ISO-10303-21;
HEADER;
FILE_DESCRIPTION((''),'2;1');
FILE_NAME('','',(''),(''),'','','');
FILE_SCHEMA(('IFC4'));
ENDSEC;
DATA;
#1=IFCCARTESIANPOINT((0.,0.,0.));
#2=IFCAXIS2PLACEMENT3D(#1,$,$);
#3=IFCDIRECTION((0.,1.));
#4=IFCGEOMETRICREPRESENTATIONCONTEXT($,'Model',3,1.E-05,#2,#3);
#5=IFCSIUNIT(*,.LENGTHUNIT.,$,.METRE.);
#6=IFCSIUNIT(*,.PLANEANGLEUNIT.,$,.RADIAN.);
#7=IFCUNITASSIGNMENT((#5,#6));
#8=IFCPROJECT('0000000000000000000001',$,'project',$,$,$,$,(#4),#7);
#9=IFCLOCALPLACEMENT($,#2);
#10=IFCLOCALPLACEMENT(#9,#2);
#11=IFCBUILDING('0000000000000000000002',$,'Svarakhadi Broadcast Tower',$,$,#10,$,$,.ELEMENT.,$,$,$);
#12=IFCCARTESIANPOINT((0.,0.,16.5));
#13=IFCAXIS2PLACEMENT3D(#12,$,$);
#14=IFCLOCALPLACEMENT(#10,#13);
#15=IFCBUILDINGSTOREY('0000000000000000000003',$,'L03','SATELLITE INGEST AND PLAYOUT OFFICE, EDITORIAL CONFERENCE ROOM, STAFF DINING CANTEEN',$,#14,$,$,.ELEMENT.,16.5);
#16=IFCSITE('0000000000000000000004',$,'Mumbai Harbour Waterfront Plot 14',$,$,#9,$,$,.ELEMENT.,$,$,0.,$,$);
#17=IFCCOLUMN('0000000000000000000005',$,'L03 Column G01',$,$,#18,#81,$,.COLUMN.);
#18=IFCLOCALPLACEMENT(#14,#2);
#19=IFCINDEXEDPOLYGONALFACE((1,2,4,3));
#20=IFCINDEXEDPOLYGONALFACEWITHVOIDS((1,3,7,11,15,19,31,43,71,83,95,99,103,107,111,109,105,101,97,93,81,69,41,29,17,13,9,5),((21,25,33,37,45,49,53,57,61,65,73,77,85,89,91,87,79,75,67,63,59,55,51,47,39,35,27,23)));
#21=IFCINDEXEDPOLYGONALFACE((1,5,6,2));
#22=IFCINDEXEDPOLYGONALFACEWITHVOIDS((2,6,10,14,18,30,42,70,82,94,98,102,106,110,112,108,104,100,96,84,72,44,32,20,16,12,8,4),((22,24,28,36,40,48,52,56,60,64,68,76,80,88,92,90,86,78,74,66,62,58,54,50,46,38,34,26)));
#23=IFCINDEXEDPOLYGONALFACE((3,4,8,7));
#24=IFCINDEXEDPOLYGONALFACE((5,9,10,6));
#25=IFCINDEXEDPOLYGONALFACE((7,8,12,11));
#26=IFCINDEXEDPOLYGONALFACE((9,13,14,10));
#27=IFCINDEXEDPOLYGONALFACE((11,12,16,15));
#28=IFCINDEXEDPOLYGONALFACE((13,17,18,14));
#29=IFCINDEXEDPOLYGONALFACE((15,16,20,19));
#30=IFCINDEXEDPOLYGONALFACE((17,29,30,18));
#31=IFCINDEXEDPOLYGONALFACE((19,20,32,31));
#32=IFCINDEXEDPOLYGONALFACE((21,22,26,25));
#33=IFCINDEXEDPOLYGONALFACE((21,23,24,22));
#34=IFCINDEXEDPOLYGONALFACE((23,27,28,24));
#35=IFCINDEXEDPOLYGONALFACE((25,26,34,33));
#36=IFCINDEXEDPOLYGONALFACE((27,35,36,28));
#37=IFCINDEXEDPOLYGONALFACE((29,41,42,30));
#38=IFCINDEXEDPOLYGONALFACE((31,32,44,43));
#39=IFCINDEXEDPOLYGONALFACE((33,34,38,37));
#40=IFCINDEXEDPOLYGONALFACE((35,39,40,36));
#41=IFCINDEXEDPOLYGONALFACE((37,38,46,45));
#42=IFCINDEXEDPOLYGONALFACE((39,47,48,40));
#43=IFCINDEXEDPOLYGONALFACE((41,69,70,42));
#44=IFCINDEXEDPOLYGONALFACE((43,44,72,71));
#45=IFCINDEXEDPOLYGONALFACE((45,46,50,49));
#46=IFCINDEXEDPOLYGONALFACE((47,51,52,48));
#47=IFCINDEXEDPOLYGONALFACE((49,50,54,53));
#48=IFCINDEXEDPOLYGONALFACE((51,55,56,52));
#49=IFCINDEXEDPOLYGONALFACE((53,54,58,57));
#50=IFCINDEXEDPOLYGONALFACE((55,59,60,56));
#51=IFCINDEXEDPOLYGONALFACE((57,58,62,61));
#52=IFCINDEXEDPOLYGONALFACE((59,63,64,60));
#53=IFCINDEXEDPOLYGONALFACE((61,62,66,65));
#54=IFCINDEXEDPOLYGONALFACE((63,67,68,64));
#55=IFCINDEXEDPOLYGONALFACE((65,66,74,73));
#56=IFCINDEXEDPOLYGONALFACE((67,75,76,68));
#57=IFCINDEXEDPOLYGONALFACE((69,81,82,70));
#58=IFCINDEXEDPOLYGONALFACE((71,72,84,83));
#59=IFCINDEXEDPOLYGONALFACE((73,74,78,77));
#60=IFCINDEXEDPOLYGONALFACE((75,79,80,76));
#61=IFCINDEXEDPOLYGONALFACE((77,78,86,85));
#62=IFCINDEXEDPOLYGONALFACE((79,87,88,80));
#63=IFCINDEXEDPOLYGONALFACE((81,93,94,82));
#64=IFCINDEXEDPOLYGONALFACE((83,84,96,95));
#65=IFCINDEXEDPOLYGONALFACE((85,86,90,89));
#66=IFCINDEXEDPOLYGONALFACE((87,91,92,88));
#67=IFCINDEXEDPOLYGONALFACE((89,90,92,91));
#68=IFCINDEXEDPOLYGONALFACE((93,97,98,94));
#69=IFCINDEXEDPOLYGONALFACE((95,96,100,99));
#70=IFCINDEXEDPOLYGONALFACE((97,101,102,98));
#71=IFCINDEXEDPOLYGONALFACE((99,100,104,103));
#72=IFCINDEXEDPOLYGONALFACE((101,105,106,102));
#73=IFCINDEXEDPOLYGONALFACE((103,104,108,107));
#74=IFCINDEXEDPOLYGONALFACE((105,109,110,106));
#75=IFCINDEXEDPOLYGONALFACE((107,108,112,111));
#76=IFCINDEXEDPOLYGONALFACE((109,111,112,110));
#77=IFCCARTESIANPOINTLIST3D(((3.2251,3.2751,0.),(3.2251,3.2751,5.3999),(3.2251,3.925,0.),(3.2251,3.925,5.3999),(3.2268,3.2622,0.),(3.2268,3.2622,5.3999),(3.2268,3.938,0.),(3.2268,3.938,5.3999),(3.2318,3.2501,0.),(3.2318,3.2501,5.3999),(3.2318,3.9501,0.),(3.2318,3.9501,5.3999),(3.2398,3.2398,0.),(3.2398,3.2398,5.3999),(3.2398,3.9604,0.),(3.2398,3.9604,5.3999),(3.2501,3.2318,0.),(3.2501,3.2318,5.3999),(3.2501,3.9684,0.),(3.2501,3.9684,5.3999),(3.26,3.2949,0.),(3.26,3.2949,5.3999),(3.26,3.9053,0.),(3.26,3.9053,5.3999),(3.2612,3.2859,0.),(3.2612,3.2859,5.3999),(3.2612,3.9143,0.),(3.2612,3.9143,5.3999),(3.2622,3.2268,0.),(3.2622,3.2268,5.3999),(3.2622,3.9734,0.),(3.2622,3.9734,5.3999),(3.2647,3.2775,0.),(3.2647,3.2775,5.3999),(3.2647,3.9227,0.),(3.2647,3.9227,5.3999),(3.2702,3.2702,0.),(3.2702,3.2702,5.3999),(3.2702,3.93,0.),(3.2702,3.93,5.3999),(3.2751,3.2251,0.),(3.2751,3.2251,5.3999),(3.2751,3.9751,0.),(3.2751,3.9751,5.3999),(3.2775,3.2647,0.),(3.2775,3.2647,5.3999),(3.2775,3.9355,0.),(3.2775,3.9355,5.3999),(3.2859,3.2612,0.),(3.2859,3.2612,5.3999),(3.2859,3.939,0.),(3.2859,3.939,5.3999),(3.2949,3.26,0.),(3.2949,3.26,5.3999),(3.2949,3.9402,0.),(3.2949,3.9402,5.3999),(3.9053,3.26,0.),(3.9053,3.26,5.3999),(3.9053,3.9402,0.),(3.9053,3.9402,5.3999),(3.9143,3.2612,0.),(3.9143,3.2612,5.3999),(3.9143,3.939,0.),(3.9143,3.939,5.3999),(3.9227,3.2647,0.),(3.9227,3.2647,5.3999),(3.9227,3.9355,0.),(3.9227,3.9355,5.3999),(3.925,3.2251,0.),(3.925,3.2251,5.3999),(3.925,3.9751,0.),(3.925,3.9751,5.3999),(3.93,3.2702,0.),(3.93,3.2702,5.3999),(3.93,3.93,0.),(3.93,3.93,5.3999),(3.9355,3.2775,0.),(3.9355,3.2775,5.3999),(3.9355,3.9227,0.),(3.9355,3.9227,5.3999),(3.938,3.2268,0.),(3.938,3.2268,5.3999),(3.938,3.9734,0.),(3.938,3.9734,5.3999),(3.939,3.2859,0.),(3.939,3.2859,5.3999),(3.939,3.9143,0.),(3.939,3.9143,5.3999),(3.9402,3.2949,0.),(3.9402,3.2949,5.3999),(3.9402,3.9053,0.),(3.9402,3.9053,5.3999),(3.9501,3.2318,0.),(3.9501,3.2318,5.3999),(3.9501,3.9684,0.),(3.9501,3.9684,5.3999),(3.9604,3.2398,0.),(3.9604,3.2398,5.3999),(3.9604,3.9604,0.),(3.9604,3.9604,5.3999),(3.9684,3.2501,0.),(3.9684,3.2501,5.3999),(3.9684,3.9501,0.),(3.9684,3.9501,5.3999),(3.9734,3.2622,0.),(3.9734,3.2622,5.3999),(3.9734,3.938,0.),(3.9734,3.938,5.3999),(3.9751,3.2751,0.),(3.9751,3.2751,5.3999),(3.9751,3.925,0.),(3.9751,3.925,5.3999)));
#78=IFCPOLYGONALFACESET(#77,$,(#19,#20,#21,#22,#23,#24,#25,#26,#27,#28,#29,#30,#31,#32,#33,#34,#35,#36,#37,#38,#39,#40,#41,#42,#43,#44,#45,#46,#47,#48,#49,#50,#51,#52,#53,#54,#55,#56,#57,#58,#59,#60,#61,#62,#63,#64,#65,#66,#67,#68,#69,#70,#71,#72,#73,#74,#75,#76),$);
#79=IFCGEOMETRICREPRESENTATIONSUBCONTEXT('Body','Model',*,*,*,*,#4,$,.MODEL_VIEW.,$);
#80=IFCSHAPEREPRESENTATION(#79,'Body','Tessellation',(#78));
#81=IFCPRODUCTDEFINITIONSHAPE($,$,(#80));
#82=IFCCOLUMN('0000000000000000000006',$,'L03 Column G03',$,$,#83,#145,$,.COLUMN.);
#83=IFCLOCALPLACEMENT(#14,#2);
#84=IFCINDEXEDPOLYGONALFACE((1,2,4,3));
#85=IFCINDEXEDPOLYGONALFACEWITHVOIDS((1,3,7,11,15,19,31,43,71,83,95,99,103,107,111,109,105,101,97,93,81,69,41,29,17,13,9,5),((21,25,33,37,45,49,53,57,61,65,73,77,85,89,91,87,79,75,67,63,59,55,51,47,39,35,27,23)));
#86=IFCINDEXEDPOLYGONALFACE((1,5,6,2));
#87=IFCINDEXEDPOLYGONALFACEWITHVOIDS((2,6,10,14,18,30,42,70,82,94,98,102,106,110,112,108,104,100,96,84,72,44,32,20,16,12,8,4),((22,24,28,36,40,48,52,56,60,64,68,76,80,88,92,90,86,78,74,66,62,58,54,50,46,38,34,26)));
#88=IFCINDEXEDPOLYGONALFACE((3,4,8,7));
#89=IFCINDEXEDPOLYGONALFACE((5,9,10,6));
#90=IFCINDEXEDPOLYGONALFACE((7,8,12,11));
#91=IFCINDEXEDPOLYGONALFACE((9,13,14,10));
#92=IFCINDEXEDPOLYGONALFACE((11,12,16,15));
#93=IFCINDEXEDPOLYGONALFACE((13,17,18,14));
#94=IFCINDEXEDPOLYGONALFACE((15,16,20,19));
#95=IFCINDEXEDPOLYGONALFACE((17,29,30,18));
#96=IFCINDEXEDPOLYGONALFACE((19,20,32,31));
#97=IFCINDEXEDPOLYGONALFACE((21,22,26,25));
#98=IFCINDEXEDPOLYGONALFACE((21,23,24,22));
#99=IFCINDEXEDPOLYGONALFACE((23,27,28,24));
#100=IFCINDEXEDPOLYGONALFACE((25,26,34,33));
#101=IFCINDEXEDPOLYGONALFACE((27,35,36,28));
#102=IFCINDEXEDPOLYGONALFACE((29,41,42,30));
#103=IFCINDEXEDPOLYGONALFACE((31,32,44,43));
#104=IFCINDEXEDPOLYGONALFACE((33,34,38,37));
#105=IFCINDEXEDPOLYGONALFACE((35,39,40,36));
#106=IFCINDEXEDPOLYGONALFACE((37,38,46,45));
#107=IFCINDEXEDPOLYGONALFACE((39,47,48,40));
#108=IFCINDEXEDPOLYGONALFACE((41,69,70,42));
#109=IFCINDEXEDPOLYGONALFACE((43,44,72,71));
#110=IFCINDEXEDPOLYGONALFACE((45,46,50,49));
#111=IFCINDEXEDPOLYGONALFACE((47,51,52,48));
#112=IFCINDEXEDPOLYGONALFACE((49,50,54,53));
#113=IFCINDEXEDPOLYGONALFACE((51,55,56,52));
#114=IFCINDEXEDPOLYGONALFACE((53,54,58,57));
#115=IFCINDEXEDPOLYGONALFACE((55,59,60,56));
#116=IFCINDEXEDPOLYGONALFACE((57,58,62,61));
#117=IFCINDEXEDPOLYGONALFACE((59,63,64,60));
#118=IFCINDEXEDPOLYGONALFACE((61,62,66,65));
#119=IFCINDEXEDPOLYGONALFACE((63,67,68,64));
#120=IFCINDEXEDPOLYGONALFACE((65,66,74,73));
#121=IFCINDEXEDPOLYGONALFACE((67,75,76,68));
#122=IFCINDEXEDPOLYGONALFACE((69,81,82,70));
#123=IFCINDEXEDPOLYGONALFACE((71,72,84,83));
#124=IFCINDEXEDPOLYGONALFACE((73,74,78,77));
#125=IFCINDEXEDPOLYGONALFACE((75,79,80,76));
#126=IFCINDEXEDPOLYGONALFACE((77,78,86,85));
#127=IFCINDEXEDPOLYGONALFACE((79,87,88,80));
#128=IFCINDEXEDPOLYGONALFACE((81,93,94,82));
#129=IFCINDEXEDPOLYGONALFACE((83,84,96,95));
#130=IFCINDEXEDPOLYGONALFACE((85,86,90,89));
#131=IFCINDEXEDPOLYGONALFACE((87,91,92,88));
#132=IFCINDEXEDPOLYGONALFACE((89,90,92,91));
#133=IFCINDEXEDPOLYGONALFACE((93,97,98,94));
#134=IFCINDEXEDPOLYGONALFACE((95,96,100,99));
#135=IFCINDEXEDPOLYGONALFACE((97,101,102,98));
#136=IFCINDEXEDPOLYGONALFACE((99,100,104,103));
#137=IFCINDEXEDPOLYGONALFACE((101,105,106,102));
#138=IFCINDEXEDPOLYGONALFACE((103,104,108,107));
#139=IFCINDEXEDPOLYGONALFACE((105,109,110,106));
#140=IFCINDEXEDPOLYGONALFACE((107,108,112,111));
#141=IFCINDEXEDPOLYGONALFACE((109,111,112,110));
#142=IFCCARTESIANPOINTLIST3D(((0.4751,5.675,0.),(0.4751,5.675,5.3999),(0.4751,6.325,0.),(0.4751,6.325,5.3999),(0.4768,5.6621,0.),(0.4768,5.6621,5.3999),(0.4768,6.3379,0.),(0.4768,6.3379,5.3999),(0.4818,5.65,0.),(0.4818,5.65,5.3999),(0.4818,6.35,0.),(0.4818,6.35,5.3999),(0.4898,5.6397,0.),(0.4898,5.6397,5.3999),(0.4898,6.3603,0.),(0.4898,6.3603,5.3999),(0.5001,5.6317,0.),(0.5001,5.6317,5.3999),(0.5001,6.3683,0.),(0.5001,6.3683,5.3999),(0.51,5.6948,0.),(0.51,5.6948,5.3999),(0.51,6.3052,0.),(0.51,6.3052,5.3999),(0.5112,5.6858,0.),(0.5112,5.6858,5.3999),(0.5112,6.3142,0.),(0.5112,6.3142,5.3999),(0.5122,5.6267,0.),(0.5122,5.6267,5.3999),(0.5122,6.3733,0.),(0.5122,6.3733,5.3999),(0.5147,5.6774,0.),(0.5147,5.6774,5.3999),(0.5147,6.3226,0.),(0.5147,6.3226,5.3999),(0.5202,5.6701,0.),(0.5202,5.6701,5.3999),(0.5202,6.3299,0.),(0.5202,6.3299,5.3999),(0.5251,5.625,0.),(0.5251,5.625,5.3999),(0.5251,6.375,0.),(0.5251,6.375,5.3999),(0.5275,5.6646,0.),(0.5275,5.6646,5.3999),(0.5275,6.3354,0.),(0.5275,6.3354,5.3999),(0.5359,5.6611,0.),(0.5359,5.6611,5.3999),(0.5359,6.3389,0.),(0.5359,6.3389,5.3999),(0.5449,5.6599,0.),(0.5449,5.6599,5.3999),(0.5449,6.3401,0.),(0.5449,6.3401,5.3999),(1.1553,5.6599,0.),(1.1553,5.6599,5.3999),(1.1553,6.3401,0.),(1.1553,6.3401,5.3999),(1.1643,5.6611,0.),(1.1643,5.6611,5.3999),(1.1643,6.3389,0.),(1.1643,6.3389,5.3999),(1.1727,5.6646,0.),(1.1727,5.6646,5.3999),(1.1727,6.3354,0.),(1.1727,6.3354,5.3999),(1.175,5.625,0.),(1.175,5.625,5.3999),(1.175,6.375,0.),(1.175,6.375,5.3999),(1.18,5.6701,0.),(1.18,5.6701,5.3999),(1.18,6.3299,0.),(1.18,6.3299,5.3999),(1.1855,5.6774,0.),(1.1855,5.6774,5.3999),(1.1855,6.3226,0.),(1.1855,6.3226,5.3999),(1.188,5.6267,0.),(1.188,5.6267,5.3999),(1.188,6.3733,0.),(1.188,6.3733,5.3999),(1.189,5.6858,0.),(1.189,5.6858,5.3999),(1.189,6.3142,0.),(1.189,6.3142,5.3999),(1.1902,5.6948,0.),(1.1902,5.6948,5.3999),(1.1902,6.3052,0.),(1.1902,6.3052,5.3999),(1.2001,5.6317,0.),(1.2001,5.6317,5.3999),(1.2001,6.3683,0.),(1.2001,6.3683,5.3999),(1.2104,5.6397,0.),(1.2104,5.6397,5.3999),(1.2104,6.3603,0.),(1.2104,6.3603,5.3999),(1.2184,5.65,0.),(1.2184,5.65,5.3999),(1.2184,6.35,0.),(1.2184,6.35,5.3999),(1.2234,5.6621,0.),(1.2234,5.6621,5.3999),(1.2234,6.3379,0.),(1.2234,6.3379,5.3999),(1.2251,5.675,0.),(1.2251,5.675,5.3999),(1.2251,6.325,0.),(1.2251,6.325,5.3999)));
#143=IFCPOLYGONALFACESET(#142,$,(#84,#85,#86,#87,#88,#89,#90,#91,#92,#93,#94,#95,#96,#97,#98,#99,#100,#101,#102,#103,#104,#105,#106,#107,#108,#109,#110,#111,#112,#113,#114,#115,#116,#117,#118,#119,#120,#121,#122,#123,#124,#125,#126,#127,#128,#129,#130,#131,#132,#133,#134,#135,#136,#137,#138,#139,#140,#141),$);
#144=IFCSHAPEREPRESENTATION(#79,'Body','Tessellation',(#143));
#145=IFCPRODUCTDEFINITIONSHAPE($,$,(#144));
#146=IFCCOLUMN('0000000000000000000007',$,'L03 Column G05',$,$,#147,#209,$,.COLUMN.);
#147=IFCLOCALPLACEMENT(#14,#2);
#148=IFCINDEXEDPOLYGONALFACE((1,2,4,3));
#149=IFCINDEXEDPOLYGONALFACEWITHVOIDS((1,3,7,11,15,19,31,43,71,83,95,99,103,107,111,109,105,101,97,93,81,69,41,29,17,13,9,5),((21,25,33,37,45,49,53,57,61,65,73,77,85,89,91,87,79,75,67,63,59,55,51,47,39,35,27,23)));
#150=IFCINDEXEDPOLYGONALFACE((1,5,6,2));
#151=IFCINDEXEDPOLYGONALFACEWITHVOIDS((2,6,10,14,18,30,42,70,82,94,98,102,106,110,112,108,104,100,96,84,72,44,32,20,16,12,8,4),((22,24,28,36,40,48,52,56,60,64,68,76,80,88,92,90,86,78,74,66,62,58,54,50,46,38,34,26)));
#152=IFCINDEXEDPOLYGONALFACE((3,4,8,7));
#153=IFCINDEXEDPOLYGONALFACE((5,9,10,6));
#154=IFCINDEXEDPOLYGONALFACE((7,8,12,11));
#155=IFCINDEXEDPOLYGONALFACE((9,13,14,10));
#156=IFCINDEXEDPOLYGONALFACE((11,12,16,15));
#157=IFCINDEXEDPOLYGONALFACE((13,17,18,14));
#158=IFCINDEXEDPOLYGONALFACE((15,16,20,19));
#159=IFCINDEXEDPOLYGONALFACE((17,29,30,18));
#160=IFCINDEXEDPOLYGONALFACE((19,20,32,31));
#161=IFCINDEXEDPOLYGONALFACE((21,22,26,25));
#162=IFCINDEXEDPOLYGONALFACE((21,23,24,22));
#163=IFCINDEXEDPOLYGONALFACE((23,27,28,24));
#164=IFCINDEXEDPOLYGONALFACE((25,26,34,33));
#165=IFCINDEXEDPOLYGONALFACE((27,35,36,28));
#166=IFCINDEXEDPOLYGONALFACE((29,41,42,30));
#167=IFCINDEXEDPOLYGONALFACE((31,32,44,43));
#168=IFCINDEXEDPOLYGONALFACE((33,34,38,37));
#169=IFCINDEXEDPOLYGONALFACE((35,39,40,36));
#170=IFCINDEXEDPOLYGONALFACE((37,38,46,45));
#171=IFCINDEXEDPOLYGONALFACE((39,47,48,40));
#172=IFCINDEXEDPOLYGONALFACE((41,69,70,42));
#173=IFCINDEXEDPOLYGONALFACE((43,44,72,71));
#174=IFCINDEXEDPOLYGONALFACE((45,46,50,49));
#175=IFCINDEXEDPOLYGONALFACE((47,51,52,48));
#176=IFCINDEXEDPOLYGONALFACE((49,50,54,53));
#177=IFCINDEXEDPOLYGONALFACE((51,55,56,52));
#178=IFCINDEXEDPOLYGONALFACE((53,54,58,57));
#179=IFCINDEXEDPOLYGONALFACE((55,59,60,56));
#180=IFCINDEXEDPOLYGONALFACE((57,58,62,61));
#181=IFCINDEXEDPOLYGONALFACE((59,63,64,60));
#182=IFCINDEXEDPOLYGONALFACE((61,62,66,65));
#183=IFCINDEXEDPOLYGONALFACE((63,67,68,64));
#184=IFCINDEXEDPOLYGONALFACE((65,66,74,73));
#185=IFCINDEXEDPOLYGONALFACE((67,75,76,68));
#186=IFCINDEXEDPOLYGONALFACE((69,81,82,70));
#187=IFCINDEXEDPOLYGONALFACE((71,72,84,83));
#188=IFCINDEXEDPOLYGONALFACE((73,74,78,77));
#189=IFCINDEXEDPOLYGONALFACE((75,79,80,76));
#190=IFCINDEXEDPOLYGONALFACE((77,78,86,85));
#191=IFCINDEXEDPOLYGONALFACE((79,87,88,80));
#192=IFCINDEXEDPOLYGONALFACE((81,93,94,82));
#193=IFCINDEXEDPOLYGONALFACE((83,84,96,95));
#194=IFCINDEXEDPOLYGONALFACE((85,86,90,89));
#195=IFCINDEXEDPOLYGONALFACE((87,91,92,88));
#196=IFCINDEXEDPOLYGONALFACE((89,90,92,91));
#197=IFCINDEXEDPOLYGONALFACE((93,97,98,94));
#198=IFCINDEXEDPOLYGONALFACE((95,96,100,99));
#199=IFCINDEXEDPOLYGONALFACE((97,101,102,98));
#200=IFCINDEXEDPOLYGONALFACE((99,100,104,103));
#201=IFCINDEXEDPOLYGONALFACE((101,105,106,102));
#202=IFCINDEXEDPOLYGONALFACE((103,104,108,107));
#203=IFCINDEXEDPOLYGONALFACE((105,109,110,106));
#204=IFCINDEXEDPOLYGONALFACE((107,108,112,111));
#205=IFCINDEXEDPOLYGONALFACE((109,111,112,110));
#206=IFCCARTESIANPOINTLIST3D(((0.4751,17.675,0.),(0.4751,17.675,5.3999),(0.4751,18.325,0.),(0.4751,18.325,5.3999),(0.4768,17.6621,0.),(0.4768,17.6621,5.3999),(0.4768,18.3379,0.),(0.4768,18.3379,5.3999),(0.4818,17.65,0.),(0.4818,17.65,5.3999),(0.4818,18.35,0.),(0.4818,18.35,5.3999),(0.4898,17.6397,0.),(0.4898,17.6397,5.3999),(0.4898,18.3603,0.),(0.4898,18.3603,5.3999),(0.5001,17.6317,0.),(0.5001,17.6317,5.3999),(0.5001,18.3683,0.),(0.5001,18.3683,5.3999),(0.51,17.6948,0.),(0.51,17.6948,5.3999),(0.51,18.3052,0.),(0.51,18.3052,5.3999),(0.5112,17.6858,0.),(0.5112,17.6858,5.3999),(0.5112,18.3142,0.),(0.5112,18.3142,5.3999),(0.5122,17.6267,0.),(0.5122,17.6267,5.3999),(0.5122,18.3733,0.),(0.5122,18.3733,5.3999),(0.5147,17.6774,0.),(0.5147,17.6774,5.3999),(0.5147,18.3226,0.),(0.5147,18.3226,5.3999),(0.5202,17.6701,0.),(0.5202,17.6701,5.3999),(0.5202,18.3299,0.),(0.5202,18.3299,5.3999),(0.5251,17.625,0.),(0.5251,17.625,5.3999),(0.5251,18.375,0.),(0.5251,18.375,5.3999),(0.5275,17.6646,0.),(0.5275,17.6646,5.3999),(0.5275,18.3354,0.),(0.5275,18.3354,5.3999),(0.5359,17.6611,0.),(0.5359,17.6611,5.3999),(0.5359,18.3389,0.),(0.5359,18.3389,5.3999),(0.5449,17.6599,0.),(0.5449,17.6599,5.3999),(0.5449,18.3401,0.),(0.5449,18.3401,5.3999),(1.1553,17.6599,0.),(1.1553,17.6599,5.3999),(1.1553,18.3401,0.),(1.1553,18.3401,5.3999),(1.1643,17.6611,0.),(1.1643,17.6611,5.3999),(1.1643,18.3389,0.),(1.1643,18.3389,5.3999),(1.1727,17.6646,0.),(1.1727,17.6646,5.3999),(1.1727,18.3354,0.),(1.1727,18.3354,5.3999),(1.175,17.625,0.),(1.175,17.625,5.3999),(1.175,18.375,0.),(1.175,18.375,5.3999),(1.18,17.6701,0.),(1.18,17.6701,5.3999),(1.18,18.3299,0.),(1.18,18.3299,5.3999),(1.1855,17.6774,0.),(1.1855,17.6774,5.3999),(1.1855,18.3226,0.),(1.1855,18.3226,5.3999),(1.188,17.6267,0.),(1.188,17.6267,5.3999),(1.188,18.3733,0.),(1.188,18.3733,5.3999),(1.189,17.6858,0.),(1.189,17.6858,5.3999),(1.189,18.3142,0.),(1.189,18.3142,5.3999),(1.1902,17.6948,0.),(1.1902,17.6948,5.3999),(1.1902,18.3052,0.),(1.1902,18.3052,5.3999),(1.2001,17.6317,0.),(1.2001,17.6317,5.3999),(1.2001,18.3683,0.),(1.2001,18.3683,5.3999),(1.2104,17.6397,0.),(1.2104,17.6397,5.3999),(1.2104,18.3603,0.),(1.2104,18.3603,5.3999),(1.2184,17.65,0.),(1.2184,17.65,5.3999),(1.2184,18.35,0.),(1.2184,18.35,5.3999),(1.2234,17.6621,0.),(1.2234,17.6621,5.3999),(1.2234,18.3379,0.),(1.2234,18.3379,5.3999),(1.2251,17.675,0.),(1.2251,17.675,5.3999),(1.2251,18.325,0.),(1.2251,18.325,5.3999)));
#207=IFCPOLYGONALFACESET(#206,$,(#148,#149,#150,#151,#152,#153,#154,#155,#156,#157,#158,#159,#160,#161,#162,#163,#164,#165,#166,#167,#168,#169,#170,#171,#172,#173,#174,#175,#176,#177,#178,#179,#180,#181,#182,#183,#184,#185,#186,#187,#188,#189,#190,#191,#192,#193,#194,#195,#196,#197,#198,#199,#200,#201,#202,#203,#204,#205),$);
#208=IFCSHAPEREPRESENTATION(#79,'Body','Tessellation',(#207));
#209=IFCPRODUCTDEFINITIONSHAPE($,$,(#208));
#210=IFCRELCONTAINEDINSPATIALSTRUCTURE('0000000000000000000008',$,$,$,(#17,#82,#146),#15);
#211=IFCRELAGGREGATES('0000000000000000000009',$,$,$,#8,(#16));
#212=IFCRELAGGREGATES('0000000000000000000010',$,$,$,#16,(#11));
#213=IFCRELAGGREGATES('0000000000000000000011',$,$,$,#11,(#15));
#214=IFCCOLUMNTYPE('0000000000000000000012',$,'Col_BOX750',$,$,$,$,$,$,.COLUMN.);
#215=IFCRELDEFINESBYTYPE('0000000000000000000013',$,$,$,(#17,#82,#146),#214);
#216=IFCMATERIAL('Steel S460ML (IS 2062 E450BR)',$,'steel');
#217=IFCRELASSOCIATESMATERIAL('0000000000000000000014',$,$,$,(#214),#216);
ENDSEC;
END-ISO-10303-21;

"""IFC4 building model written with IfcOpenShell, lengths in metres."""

from ifc_helpers import new_model, si_unit, direction, frame, origin, origin_2d, place, context, subcontext, project, spatial, hollow_rectangle, extrude, material, material_profile, profile_set, type_object, element, save


model = new_model("IFC4")

# Units and contexts
model_context = context("Model", 3, precision=1e-05, world=origin(), true_north=direction((0.0, 1.0)))
body_context = subcontext(model_context, "Body", "Model", "MODEL_VIEW")
ifc_project = project(units=[si_unit("LENGTHUNIT", "METRE"), si_unit("PLANEANGLEUNIT", "RADIAN")], contexts=[model_context])

# Site, building, storey
site_placement = place(None, origin())
site = spatial("IfcSite", under=ifc_project, at=site_placement, Name="Mumbai Harbour Waterfront Plot 14", CompositionType="ELEMENT", RefElevation=0.0)
building_placement = place(site_placement, origin())
building = spatial("IfcBuilding", under=site, at=building_placement, Name="Svarakhadi Broadcast Tower", CompositionType="ELEMENT")
storey_placement = place(building_placement, frame((0.0, 0.0, 16.5)))
storey = spatial("IfcBuildingStorey", under=building, at=storey_placement, Name="L03", Description="SATELLITE INGEST AND PLAYOUT OFFICE, EDITORIAL CONFERENCE ROOM, STAFF DINING CANTEEN", CompositionType="ELEMENT", Elevation=16.5)

# Columns
ifc_material_1 = material(Name="Steel S460ML (IS 2062 E450BR)", Category="steel")
ifc_material_profile_1 = material_profile(ifc_material_1, hollow_rectangle(XDim=0.75, YDim=0.75, WallThickness=0.0349, InnerFilletRadius=0.0349, OuterFilletRadius=0.05, at=origin_2d()), Name="BOX 750x750x35")
ifc_profile_set_1 = profile_set([ifc_material_profile_1], Name="Steel S460ML (IS 2062 E450BR)")
column_type_1 = type_object("IfcColumnType", Name="Col_BOX750", PredefinedType="COLUMN", material=ifc_profile_set_1)
for number, where, z_axis, x_axis, name in (
    (1, (3.6001, 3.6001, 0.0), (0.0, 0.0, 1.0), (1.0, 0.0, 0.0), "L03 Column G01"),
    (2, (0.8501, 6.0, 0.0), (0.0, 0.0, 1.0), (1.0, 0.0, 0.0), "L03 Column G03"),
    (3, (0.8501, 18.0, 0.0), (0.0, 0.0, 1.0), (1.0, 0.0, 0.0), "L03 Column G05"),
):
    element("IfcColumn", number, at=place(storey_placement, frame(where, z_axis=z_axis, x_axis=x_axis)), inside=storey, type_object=column_type_1, Name=name, PredefinedType="COLUMN", context=body_context, shape_type="SweptSolid", body=[
        extrude(hollow_rectangle(XDim=0.75, YDim=0.75, WallThickness=0.0349, InnerFilletRadius=0.0349, OuterFilletRadius=0.05, at=origin_2d()), origin(), (0.0, 0.0, 1.0), 5.3999),
    ])

save(model, "model.ifc")
